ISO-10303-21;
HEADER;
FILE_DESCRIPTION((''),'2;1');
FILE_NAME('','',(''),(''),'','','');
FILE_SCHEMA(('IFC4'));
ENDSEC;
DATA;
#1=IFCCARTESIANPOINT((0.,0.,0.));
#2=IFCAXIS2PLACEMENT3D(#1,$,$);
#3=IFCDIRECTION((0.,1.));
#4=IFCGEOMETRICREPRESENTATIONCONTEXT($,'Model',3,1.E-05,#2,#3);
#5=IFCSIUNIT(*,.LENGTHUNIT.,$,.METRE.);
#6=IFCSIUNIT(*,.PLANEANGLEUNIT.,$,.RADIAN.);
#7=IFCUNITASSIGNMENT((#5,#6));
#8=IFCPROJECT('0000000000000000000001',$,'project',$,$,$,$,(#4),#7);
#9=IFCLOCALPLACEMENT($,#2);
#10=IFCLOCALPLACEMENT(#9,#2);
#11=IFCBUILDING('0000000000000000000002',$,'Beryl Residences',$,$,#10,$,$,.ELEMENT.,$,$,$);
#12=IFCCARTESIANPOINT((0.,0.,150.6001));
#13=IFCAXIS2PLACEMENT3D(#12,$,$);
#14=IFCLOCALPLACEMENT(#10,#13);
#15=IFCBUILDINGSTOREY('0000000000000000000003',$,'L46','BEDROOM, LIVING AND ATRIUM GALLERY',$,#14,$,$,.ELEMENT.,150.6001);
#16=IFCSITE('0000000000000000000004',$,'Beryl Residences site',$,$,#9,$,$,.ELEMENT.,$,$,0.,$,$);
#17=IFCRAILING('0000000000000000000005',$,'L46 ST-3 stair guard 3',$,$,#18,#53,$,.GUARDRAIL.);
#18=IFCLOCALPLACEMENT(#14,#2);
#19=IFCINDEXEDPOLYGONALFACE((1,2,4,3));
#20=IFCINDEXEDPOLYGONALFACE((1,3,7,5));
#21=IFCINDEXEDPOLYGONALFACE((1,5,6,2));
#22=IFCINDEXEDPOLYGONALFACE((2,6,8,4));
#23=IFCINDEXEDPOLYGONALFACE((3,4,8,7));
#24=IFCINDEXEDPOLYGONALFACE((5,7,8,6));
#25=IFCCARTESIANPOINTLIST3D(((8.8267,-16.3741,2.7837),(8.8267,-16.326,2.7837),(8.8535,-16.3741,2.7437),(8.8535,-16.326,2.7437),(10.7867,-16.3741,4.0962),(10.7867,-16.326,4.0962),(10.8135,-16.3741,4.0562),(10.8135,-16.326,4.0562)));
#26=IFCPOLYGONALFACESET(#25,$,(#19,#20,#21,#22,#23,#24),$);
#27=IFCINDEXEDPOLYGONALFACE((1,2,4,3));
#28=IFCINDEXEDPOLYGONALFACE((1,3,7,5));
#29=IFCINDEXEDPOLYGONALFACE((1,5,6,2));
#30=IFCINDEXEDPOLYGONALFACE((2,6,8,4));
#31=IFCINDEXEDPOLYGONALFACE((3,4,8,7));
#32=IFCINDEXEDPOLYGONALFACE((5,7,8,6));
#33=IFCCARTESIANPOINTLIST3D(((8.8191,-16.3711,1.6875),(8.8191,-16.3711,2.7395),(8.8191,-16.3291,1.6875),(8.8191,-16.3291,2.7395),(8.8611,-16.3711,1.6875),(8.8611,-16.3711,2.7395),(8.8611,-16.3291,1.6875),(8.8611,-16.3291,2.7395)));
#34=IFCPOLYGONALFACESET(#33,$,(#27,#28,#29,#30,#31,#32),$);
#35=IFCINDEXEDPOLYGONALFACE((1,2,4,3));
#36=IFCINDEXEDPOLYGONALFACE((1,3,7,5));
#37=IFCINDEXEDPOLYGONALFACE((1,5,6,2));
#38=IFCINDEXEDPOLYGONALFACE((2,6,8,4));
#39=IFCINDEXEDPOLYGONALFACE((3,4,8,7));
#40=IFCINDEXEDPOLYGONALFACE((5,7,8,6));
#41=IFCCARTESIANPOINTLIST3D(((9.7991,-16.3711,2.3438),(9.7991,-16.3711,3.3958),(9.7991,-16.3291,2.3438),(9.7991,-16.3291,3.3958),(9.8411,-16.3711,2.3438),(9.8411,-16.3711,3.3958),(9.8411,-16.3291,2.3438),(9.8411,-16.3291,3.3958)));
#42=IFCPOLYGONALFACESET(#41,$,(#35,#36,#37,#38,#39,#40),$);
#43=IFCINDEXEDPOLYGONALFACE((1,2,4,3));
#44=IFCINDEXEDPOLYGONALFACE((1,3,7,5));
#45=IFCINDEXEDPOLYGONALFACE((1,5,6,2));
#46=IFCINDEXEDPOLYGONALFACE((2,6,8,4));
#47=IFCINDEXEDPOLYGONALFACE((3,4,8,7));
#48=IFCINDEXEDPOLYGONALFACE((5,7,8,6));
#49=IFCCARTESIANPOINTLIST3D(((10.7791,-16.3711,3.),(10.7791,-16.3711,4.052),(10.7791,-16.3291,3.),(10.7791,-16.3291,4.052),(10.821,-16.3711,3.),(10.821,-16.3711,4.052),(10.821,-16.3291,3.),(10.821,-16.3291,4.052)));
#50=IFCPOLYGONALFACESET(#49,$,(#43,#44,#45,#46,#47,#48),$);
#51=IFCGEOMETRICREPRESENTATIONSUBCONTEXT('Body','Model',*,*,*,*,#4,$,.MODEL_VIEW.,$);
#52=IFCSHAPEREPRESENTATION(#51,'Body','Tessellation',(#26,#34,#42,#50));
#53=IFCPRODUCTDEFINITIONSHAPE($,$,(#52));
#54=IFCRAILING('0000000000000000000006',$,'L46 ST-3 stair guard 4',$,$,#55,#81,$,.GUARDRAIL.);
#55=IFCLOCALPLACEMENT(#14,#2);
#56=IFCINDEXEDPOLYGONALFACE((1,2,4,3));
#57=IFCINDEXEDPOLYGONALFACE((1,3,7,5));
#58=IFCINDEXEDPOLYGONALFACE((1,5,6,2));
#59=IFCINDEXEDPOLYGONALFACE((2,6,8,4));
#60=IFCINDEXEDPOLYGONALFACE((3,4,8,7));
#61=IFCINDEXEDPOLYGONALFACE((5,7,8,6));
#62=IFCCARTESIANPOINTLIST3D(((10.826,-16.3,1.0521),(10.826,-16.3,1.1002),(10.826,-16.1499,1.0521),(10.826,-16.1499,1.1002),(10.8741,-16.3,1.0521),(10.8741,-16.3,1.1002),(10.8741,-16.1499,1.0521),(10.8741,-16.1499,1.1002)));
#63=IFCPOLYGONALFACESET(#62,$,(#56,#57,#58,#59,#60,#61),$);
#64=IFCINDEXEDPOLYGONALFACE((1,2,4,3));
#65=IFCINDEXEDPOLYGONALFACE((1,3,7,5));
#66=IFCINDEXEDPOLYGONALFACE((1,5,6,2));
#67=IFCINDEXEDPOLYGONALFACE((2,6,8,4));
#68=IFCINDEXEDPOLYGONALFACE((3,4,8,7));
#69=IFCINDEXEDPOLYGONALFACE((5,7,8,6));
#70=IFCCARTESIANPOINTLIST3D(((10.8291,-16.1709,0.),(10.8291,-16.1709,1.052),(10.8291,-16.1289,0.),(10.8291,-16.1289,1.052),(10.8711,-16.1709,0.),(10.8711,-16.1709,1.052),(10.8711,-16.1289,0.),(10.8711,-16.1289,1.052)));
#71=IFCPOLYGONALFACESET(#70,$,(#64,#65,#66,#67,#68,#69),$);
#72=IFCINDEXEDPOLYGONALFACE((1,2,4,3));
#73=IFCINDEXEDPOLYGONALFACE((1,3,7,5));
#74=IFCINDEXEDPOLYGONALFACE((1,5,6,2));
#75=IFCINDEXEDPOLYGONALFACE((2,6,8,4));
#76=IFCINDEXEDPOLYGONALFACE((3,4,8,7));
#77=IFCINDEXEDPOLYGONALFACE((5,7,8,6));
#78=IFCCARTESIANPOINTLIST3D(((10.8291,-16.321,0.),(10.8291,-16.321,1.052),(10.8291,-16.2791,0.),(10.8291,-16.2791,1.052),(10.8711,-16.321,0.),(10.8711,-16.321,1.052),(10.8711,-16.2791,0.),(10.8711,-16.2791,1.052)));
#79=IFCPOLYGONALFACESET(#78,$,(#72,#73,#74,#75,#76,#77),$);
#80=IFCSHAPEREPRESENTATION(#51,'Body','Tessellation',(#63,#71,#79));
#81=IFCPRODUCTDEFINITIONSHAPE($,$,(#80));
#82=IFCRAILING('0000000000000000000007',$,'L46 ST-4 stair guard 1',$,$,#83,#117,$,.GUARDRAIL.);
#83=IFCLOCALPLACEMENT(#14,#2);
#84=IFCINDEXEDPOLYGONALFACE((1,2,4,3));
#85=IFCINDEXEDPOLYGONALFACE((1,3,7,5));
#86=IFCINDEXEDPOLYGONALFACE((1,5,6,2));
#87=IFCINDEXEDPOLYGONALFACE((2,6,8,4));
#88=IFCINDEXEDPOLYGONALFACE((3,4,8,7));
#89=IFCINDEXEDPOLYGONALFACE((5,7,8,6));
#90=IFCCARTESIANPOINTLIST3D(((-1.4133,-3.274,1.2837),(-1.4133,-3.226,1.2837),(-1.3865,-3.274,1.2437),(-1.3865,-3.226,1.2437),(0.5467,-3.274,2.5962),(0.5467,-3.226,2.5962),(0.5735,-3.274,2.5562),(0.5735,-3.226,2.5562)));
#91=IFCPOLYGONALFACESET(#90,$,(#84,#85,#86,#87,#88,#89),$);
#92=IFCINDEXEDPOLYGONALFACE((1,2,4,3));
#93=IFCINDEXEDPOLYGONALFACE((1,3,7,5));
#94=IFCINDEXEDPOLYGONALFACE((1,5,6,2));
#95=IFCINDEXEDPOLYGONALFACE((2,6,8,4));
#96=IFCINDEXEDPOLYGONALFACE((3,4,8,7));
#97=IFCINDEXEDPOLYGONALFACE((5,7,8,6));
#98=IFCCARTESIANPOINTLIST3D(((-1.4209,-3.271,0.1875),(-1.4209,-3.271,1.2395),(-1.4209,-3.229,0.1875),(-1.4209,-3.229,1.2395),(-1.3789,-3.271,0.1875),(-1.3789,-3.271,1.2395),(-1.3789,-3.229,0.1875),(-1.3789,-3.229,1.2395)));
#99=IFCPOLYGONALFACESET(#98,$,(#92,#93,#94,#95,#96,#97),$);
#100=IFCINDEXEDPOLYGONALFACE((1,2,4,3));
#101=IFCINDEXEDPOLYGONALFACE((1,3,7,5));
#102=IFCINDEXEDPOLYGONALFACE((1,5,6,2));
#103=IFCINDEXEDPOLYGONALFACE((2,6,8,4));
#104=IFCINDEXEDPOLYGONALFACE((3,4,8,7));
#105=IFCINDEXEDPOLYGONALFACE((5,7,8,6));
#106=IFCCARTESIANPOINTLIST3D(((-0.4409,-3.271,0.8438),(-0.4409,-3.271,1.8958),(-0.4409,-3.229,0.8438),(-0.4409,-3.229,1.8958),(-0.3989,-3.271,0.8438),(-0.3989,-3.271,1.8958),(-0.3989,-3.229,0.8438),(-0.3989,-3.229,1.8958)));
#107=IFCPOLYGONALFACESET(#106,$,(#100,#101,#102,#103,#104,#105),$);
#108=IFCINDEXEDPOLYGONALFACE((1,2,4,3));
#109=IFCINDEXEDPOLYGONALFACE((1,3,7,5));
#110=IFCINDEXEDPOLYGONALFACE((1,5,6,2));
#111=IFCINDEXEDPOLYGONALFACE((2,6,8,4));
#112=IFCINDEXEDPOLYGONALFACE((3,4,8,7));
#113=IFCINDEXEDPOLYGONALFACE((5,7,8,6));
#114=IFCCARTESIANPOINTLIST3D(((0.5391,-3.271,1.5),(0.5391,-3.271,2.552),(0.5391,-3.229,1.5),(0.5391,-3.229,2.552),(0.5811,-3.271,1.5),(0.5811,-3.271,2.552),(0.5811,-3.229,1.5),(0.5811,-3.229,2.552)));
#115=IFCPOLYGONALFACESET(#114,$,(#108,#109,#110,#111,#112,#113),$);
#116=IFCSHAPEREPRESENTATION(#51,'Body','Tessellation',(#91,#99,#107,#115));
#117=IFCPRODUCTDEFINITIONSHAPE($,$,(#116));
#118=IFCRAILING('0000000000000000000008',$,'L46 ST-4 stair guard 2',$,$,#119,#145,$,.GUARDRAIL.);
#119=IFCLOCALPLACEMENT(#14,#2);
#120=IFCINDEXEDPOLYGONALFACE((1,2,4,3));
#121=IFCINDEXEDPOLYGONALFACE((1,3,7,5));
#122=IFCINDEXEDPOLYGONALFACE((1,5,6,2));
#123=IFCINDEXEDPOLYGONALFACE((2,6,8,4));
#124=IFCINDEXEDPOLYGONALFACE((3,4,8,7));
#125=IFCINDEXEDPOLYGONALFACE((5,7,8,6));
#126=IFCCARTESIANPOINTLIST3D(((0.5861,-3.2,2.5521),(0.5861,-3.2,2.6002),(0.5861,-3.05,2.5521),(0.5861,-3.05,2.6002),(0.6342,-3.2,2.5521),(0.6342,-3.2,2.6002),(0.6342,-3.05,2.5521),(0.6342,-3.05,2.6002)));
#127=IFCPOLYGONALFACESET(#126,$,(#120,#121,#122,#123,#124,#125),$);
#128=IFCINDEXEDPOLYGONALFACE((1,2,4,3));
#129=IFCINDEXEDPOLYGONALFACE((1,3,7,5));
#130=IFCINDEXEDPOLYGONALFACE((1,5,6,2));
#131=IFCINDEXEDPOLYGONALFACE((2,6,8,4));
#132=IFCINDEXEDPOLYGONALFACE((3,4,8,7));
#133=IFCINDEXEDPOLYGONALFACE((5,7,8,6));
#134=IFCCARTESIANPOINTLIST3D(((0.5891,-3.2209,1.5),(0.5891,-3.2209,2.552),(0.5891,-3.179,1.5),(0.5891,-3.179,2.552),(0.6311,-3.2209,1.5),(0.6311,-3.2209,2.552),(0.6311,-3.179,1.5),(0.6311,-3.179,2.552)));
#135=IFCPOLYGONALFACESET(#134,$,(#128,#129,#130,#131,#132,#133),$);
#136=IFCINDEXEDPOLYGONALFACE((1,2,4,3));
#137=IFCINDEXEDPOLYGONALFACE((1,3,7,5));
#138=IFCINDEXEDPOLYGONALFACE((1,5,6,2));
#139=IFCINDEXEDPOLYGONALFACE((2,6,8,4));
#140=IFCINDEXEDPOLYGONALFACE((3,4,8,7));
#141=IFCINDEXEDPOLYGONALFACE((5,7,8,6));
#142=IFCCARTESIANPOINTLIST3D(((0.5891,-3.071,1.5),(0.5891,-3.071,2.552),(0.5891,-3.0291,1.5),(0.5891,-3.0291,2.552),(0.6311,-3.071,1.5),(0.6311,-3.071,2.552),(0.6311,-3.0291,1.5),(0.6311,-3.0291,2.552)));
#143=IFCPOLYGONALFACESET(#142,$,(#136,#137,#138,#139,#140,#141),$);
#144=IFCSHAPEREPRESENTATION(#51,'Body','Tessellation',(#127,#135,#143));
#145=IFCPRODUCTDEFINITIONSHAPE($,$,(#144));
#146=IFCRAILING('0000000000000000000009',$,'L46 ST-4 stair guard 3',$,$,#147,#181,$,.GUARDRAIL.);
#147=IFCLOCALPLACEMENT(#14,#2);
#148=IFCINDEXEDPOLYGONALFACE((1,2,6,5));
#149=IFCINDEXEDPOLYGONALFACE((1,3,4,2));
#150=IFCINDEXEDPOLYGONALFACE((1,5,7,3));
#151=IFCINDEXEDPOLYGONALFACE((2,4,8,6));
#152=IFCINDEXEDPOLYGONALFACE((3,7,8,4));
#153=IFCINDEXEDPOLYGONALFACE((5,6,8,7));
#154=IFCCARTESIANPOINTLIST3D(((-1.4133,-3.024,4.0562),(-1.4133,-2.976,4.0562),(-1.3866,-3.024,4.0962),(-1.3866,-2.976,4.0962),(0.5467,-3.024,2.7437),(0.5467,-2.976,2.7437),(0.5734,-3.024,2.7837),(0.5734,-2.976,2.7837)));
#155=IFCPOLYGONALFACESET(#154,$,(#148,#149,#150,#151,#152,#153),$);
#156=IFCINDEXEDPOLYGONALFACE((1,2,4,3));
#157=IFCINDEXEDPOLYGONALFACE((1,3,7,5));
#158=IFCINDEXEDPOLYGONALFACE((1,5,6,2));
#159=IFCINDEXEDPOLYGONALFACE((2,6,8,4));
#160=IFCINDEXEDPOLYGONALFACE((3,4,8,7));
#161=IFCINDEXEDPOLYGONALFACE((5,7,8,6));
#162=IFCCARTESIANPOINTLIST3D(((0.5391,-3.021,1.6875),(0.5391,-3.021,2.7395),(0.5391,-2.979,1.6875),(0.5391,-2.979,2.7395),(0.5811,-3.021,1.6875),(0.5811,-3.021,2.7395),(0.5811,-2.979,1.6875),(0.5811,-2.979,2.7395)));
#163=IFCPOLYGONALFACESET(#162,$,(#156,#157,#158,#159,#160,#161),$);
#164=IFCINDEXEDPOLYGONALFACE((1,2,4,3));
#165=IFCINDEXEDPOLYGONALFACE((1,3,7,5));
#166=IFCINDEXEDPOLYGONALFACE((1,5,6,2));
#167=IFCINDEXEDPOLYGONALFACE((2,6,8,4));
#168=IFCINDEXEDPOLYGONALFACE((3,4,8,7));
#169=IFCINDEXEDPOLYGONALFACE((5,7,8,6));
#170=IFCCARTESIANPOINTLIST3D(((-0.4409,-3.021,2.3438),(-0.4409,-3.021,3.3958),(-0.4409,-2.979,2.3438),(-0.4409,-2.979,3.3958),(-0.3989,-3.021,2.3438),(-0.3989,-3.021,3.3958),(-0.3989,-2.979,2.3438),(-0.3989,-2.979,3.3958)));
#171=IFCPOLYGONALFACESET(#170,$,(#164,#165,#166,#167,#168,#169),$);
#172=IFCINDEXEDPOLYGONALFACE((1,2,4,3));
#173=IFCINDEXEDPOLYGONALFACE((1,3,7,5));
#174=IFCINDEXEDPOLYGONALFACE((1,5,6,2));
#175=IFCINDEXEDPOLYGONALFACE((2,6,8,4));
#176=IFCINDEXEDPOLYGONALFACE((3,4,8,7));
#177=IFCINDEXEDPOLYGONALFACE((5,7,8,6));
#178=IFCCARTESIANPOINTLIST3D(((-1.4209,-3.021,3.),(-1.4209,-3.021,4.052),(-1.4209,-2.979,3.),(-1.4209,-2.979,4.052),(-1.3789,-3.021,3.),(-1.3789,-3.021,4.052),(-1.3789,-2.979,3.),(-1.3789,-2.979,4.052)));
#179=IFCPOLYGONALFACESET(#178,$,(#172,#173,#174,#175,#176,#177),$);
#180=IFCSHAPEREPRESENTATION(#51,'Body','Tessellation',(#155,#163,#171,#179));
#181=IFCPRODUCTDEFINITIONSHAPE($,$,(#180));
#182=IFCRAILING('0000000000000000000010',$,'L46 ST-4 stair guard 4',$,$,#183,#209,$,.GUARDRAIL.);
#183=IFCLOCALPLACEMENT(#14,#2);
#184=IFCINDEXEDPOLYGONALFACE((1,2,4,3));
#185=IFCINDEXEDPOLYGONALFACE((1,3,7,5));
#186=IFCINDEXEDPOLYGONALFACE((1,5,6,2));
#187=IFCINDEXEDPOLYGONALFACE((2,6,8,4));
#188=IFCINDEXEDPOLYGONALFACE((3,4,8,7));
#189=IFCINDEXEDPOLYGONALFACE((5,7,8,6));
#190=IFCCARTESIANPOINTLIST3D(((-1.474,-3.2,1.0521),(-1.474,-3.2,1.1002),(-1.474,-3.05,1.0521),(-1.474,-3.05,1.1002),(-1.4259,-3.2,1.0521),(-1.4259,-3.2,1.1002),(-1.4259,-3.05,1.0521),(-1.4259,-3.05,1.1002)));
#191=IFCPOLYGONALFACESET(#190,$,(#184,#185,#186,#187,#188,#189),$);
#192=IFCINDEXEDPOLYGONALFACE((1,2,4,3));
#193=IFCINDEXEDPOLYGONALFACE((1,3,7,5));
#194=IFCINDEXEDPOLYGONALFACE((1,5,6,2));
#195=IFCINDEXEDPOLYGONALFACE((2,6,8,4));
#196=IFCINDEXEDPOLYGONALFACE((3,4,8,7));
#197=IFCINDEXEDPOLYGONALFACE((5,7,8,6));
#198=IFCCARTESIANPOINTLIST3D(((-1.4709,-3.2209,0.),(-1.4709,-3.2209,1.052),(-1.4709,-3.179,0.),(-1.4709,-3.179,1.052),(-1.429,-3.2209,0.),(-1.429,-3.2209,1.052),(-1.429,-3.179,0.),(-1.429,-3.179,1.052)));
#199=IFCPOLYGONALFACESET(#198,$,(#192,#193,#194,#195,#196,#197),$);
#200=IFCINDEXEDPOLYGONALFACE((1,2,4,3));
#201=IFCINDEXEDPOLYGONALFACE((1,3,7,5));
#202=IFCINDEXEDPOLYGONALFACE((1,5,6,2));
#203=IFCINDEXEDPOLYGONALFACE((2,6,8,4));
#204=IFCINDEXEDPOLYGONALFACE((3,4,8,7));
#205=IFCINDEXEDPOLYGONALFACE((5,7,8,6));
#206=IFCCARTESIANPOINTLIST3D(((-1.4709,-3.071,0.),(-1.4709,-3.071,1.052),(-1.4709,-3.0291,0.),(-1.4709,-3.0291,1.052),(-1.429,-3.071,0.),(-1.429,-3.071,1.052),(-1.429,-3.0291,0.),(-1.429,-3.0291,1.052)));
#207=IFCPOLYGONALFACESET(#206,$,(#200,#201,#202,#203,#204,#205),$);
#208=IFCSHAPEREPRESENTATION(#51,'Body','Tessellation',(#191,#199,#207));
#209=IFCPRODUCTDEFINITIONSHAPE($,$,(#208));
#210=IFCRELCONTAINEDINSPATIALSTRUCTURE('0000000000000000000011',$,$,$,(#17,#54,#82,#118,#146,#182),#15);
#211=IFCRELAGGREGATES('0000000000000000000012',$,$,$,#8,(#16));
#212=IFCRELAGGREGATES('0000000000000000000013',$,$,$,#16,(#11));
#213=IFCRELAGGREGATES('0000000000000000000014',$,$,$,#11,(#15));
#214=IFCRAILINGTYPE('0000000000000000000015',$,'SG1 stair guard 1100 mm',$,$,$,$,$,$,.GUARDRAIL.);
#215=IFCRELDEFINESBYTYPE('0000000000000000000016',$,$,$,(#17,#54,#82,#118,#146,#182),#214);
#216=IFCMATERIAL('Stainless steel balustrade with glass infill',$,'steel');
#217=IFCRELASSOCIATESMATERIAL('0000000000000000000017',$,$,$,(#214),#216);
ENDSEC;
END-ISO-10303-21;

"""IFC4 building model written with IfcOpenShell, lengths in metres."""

from ifc_helpers import new_model, si_unit, direction, frame, origin, origin_2d, place, context, subcontext, project, spatial, rectangle, extrude, material, type_object, element, save


model = new_model("IFC4")

# Units and contexts
model_context = context("Model", 3, precision=1e-05, world=origin(), true_north=direction((0.0, 1.0)))
body_context = subcontext(model_context, "Body", "Model", "MODEL_VIEW")
ifc_project = project(units=[si_unit("LENGTHUNIT", "METRE"), si_unit("PLANEANGLEUNIT", "RADIAN")], contexts=[model_context])

# Site, building, storey
site_placement = place(None, origin())
site = spatial("IfcSite", under=ifc_project, at=site_placement, Name="Beryl Residences site", CompositionType="ELEMENT", RefElevation=0.0)
building_placement = place(site_placement, origin())
building = spatial("IfcBuilding", under=site, at=building_placement, Name="Beryl Residences", CompositionType="ELEMENT")
storey_placement = place(building_placement, frame((0.0, 0.0, 150.6001)))
storey = spatial("IfcBuildingStorey", under=building, at=storey_placement, Name="L46", Description="BEDROOM, LIVING AND ATRIUM GALLERY", CompositionType="ELEMENT", Elevation=150.6001)

# Railings
ifc_material_1 = material(Name="Stainless steel balustrade with glass infill", Category="steel")
railing_type_1 = type_object("IfcRailingType", Name="SG1 stair guard 1100 mm", PredefinedType="GUARDRAIL", material=ifc_material_1)
railing_1_placement = place(storey_placement, frame((8.8401, -16.3501, 1.6875)))
element("IfcRailing", 1, at=railing_1_placement, inside=storey, type_object=railing_type_1, Name="L46 ST-3 stair guard 3", PredefinedType="GUARDRAIL", context=body_context, shape_type="SweptSolid", body=[
    extrude(rectangle(XDim=0.0481, YDim=0.0481, at=origin_2d()), frame((0.0, 0.0, 1.0762), z_axis=(0.830902, 0.0, 0.556419), x_axis=(0.0, 1.0, 0.0)), (0.0, 0.0, 1.0), 2.3589),
    extrude(rectangle(XDim=0.042, YDim=0.042, at=origin_2d()), origin(), (0.0, 0.0, 1.0), 1.052),
    extrude(rectangle(XDim=0.042, YDim=0.042, at=origin_2d()), frame((0.98, 0.0, 0.6562)), (0.0, 0.0, 1.0), 1.052),
    extrude(rectangle(XDim=0.042, YDim=0.042, at=origin_2d()), frame((1.96, 0.0, 1.3125)), (0.0, 0.0, 1.0), 1.052),
])
railing_2_placement = place(storey_placement, frame((10.8501, -16.1499, 0.0)))
element("IfcRailing", 2, at=railing_2_placement, inside=storey, type_object=railing_type_1, Name="L46 ST-3 stair guard 4", PredefinedType="GUARDRAIL", context=body_context, shape_type="SweptSolid", body=[
    extrude(rectangle(XDim=0.0481, YDim=0.0481, at=origin_2d()), frame((0.0, 0.0, 1.0762), z_axis=(0.0, -1.0, 0.0), x_axis=(1.0, 0.0, 0.0)), (0.0, 0.0, 1.0), 0.1501),
    extrude(rectangle(XDim=0.042, YDim=0.042, at=origin_2d()), origin(), (0.0, 0.0, 1.0), 1.052),
    extrude(rectangle(XDim=0.042, YDim=0.042, at=origin_2d()), frame((0.0, -0.1501, 0.0)), (0.0, 0.0, 1.0), 1.052),
])
railing_3_placement = place(storey_placement, frame((-1.3999, -3.25, 0.1875)))
element("IfcRailing", 3, at=railing_3_placement, inside=storey, type_object=railing_type_1, Name="L46 ST-4 stair guard 1", PredefinedType="GUARDRAIL", context=body_context, shape_type="SweptSolid", body=[
    extrude(rectangle(XDim=0.0481, YDim=0.0481, at=origin_2d()), frame((0.0, 0.0, 1.0762), z_axis=(0.830902, 0.0, 0.556419), x_axis=(0.0, 1.0, 0.0)), (0.0, 0.0, 1.0), 2.3589),
    extrude(rectangle(XDim=0.042, YDim=0.042, at=origin_2d()), origin(), (0.0, 0.0, 1.0), 1.052),
    extrude(rectangle(XDim=0.042, YDim=0.042, at=origin_2d()), frame((0.98, 0.0, 0.6562)), (0.0, 0.0, 1.0), 1.052),
    extrude(rectangle(XDim=0.042, YDim=0.042, at=origin_2d()), frame((1.96, 0.0, 1.3125)), (0.0, 0.0, 1.0), 1.052),
])
railing_4_placement = place(storey_placement, frame((0.6101, -3.2, 1.5)))
element("IfcRailing", 4, at=railing_4_placement, inside=storey, type_object=railing_type_1, Name="L46 ST-4 stair guard 2", PredefinedType="GUARDRAIL", context=body_context, shape_type="SweptSolid", body=[
    extrude(rectangle(XDim=0.0481, YDim=0.0481, at=origin_2d()), frame((0.0, 0.0, 1.0762), z_axis=(0.0, 1.0, 0.0), x_axis=(-1.0, 0.0, 0.0)), (0.0, 0.0, 1.0), 0.1499),
    extrude(rectangle(XDim=0.042, YDim=0.042, at=origin_2d()), origin(), (0.0, 0.0, 1.0), 1.052),
    extrude(rectangle(XDim=0.042, YDim=0.042, at=origin_2d()), frame((0.0, 0.1499, 0.0)), (0.0, 0.0, 1.0), 1.052),
])
railing_5_placement = place(storey_placement, frame((0.5601, -3.0, 1.6875)))
element("IfcRailing", 5, at=railing_5_placement, inside=storey, type_object=railing_type_1, Name="L46 ST-4 stair guard 3", PredefinedType="GUARDRAIL", context=body_context, shape_type="SweptSolid", body=[
    extrude(rectangle(XDim=0.0481, YDim=0.0481, at=origin_2d()), frame((0.0, 0.0, 1.0762), z_axis=(-0.830902, 0.0, 0.556419), x_axis=(0.0, -1.0, 0.0)), (0.0, 0.0, 1.0), 2.3589),
    extrude(rectangle(XDim=0.042, YDim=0.042, at=origin_2d()), origin(), (0.0, 0.0, 1.0), 1.052),
    extrude(rectangle(XDim=0.042, YDim=0.042, at=origin_2d()), frame((-0.98, 0.0, 0.6562)), (0.0, 0.0, 1.0), 1.052),
    extrude(rectangle(XDim=0.042, YDim=0.042, at=origin_2d()), frame((-1.96, 0.0, 1.3125)), (0.0, 0.0, 1.0), 1.052),
])
railing_6_placement = place(storey_placement, frame((-1.45, -3.2, 0.0)))
element("IfcRailing", 6, at=railing_6_placement, inside=storey, type_object=railing_type_1, Name="L46 ST-4 stair guard 4", PredefinedType="GUARDRAIL", context=body_context, shape_type="SweptSolid", body=[
    extrude(rectangle(XDim=0.0481, YDim=0.0481, at=origin_2d()), frame((0.0, 0.0, 1.0762), z_axis=(0.0, 1.0, 0.0), x_axis=(-1.0, 0.0, 0.0)), (0.0, 0.0, 1.0), 0.1499),
    extrude(rectangle(XDim=0.042, YDim=0.042, at=origin_2d()), origin(), (0.0, 0.0, 1.0), 1.052),
    extrude(rectangle(XDim=0.042, YDim=0.042, at=origin_2d()), frame((0.0, 0.1499, 0.0)), (0.0, 0.0, 1.0), 1.052),
])

save(model, "model.ifc")
